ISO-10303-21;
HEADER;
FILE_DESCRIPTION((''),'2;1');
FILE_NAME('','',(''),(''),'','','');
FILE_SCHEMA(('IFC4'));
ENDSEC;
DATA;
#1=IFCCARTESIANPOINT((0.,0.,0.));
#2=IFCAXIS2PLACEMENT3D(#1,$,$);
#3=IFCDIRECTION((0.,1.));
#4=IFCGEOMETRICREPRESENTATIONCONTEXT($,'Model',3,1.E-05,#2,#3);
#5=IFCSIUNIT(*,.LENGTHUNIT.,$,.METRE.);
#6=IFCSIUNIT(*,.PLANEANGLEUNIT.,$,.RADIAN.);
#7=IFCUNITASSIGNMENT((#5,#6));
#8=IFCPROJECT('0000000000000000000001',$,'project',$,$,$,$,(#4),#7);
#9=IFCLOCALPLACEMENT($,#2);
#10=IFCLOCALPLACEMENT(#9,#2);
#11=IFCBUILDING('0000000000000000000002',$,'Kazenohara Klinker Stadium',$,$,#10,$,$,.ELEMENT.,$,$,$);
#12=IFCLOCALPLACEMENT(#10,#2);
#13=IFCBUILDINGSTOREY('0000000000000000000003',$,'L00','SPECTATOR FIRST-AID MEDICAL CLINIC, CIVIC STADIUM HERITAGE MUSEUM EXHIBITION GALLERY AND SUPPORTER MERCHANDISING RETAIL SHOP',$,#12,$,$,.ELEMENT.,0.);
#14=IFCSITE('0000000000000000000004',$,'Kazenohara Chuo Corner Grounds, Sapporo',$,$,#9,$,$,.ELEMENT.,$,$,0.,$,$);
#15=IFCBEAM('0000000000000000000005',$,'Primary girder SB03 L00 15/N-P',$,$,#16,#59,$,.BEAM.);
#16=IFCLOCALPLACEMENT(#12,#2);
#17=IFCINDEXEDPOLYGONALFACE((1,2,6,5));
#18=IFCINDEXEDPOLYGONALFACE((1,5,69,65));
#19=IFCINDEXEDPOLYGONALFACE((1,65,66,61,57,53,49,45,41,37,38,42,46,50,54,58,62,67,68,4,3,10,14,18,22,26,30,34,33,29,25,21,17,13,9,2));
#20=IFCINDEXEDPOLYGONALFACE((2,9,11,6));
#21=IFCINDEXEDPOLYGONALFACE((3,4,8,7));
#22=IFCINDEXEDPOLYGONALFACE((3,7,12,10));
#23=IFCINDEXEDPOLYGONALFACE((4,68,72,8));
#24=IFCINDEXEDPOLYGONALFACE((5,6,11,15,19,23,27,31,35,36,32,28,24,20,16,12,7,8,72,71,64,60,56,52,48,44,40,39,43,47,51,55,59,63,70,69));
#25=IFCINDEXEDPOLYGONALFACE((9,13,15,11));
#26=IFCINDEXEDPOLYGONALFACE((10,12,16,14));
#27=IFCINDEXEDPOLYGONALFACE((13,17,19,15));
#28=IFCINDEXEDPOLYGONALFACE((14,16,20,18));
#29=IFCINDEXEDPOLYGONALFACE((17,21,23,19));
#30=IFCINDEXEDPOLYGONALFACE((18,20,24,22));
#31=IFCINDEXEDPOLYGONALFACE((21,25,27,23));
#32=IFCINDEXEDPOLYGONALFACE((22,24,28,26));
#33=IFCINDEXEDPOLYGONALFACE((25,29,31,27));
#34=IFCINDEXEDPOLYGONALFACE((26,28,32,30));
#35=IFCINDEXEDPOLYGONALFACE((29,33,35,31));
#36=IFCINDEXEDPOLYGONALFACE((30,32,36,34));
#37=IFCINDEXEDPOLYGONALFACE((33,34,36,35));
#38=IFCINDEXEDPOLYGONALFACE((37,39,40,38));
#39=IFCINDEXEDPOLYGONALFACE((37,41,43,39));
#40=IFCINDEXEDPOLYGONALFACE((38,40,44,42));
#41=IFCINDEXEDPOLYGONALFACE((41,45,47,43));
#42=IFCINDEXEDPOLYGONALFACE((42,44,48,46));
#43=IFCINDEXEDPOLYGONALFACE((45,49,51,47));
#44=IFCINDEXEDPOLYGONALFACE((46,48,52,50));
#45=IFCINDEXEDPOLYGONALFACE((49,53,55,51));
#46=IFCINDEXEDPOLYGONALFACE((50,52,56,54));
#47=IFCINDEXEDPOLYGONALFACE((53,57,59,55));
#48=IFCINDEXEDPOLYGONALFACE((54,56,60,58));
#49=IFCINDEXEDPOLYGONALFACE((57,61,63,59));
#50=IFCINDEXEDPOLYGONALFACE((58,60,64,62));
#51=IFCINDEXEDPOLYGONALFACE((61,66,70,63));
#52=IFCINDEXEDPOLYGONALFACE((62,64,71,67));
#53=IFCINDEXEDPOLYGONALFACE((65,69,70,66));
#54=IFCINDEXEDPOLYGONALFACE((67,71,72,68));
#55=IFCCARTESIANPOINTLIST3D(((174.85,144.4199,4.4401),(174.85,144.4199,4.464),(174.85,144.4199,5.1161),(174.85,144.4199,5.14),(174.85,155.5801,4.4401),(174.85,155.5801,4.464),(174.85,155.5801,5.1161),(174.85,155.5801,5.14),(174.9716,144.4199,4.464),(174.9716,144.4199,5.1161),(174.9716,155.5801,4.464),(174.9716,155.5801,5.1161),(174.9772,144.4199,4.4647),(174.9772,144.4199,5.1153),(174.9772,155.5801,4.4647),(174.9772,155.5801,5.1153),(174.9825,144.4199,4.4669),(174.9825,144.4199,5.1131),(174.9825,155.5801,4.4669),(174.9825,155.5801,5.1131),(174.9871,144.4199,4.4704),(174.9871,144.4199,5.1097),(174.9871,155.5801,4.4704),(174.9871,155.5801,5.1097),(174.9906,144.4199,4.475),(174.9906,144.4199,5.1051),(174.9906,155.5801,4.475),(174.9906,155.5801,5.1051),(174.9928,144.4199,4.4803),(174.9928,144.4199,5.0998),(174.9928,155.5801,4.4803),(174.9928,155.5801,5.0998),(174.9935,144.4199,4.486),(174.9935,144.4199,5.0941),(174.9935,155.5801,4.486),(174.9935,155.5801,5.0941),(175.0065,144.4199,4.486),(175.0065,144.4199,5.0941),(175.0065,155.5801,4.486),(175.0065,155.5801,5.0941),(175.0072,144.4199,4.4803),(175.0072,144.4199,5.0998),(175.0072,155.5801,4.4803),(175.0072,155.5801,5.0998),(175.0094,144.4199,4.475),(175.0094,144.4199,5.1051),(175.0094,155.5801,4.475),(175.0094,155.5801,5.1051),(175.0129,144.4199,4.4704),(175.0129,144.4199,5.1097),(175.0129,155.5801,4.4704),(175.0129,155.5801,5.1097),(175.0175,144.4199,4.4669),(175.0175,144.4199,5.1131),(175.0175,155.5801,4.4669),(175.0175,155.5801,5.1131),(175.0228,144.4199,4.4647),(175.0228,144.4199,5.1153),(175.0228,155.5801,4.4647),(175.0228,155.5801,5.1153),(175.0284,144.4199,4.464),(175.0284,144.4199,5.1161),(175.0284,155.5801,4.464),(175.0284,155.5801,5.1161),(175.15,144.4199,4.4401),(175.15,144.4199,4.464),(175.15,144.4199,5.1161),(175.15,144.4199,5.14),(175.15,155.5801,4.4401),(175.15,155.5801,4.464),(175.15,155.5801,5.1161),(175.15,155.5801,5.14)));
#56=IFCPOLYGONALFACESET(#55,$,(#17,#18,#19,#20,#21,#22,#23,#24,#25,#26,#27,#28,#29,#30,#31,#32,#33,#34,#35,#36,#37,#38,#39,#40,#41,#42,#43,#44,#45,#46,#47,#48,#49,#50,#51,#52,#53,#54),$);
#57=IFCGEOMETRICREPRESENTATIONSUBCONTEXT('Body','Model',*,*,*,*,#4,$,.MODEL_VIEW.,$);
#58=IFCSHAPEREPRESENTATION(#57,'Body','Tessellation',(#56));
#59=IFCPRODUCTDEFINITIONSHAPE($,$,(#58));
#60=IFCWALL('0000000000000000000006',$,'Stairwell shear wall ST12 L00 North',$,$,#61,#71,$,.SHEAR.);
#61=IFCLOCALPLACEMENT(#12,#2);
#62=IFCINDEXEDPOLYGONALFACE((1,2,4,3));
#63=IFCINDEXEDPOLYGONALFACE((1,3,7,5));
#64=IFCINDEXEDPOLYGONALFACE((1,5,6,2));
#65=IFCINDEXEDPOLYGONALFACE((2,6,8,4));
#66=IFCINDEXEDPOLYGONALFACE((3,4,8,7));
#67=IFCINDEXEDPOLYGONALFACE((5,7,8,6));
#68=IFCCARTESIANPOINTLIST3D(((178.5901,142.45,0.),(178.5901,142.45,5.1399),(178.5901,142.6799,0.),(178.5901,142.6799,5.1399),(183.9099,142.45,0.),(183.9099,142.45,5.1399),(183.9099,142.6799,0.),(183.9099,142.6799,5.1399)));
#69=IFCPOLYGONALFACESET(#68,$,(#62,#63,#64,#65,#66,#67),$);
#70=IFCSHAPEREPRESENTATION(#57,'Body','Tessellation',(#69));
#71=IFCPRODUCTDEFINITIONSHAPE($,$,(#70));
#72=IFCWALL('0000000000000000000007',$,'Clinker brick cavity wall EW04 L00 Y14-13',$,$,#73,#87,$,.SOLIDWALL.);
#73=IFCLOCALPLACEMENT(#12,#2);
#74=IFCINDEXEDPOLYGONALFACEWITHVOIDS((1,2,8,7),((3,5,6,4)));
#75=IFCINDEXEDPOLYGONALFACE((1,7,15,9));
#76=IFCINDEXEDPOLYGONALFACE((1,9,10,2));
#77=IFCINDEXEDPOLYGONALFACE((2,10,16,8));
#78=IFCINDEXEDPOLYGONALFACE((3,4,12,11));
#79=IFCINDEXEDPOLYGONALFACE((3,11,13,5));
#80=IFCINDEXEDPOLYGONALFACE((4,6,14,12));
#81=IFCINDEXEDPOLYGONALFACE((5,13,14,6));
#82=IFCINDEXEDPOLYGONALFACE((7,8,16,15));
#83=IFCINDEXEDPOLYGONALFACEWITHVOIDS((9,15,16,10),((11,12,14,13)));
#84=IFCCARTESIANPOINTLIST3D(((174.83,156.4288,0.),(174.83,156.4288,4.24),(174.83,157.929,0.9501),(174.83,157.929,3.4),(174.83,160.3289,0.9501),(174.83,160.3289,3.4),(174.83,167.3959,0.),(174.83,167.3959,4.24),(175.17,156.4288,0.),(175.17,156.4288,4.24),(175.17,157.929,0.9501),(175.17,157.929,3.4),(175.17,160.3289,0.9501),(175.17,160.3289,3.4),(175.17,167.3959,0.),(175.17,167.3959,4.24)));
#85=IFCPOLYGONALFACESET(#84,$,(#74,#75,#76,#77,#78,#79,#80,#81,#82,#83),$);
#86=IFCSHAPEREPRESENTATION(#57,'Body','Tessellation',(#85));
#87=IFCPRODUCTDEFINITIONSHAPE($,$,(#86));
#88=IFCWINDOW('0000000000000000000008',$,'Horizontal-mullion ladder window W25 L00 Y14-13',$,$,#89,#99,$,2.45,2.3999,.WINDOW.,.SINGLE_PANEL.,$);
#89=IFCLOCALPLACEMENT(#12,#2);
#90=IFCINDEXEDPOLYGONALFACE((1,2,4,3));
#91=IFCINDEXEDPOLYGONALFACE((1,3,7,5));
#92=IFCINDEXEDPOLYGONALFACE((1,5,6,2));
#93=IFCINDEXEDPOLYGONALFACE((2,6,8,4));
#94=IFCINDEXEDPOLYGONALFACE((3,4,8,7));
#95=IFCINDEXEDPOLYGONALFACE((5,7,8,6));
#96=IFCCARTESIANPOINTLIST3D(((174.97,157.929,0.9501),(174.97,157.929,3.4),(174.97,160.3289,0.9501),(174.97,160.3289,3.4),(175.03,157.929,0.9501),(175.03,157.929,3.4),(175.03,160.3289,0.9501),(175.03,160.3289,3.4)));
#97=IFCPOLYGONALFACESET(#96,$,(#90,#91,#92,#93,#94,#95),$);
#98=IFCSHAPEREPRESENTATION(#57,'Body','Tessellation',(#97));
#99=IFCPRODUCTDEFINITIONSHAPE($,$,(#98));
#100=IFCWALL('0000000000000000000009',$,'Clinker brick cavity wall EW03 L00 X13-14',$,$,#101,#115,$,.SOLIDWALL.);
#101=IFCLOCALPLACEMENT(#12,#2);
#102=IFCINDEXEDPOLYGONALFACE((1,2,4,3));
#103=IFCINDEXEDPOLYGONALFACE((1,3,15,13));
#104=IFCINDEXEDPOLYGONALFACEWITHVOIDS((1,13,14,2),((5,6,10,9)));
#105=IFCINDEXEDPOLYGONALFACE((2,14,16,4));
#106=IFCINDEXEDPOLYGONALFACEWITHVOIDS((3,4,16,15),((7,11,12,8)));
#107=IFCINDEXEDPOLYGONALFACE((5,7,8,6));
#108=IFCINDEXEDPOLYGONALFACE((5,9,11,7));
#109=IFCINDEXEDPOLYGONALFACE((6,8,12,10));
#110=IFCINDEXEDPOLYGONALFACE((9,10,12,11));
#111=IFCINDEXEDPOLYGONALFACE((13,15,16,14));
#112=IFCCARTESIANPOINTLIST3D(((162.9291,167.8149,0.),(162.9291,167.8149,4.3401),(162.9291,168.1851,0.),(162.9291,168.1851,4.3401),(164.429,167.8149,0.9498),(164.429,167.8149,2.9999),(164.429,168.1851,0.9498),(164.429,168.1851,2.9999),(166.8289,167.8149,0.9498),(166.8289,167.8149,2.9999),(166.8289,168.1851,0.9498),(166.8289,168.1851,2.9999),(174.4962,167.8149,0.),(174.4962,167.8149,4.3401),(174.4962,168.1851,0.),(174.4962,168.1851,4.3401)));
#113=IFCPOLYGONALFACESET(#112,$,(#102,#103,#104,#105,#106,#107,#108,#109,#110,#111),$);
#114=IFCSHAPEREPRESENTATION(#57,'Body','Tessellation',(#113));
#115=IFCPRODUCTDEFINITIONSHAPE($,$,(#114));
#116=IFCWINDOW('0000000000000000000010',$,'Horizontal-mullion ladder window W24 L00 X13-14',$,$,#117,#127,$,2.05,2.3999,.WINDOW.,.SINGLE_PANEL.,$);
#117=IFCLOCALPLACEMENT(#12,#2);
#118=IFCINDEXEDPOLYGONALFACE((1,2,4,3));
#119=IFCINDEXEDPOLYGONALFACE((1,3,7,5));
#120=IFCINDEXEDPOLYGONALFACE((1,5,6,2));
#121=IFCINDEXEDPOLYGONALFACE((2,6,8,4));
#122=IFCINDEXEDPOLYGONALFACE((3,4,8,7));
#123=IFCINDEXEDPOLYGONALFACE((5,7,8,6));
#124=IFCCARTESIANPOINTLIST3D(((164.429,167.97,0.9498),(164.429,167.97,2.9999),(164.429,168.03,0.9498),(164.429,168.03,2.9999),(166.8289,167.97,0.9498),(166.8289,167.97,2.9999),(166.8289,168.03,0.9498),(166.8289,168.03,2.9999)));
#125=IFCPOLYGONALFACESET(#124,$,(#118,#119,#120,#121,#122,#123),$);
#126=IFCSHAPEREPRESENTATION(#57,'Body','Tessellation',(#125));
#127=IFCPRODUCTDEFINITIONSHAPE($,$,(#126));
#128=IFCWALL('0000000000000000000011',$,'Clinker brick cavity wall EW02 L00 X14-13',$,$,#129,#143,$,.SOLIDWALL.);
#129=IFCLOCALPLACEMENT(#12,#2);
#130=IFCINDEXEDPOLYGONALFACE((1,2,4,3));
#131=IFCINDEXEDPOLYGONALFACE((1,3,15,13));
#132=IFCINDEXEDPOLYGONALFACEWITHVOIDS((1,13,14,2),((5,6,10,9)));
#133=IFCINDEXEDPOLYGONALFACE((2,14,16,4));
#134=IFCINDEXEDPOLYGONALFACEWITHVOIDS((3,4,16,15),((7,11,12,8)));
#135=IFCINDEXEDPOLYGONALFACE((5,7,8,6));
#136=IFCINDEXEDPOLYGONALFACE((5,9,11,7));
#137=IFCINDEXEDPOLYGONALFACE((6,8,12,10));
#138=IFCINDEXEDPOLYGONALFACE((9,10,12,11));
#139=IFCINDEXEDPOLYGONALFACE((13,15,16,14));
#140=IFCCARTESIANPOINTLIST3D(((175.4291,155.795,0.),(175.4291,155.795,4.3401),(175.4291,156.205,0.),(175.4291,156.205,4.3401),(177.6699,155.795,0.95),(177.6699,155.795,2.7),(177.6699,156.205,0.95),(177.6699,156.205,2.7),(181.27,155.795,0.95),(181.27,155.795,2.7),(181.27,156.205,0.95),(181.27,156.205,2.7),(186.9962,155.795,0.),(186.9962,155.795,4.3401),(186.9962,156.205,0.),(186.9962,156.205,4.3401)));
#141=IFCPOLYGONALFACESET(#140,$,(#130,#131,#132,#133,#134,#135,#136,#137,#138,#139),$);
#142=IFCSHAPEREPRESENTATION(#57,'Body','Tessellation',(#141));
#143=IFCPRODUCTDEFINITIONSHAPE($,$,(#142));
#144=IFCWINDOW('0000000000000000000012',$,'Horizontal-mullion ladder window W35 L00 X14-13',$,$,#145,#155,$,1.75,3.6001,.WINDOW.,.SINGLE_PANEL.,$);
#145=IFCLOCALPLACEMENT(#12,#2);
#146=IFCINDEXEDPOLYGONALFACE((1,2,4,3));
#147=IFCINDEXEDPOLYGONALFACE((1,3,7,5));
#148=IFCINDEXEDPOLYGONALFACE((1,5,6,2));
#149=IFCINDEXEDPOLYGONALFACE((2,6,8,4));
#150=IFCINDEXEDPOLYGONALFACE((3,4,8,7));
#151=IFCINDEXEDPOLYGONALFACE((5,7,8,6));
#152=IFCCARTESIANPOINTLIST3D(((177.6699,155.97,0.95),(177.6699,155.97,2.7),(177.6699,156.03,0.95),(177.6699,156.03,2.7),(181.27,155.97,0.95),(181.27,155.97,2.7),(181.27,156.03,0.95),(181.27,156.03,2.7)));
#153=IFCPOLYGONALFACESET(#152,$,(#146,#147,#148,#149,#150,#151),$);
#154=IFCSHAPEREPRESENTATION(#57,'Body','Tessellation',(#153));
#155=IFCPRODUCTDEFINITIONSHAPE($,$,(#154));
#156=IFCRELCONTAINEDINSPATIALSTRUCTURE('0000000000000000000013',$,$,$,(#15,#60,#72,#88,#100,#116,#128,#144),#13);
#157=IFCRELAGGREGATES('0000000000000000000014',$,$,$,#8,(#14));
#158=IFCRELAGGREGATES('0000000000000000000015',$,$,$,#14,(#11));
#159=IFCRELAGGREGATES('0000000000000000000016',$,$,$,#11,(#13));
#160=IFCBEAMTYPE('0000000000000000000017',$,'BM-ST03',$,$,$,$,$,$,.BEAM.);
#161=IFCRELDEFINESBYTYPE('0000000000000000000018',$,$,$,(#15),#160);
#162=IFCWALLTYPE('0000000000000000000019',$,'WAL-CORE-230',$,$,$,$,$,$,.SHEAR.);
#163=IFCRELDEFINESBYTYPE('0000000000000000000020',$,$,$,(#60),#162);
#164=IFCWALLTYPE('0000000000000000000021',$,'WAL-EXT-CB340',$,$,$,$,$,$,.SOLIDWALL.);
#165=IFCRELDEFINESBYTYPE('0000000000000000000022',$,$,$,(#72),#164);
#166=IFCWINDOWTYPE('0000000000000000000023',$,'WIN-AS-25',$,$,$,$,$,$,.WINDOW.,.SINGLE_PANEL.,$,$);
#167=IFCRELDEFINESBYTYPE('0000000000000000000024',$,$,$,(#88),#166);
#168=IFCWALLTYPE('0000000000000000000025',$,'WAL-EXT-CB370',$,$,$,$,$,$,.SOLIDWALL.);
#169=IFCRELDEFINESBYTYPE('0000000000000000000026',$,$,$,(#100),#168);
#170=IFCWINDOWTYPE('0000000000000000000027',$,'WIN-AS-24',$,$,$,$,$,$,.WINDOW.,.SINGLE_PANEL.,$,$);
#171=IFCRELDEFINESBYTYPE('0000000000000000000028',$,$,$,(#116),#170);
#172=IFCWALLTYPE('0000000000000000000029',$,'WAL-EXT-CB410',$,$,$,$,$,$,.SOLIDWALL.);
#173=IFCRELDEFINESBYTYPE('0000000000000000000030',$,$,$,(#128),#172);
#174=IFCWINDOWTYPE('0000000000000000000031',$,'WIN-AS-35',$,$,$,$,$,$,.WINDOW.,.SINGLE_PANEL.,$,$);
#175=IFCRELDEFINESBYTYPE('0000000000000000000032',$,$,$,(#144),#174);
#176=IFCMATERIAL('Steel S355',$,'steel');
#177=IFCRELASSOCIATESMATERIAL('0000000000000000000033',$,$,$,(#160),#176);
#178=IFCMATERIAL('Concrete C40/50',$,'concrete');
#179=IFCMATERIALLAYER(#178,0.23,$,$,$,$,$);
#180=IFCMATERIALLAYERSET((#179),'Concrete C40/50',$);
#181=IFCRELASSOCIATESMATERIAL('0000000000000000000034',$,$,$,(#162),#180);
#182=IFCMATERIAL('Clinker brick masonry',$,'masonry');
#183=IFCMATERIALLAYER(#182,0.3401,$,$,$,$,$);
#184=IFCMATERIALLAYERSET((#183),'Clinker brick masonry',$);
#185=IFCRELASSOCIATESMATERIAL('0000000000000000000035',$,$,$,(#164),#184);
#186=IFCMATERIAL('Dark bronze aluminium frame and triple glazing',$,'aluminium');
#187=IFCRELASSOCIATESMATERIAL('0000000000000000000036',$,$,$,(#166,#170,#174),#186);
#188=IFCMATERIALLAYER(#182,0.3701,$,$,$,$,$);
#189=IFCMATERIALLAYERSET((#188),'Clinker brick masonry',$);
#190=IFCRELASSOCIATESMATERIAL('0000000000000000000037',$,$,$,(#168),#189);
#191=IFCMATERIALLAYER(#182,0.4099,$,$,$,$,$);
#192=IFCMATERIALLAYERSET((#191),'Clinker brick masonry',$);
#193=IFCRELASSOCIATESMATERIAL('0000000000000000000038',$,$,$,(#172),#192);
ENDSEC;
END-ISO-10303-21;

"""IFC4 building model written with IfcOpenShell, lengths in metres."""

from ifc_helpers import new_model, si_unit, direction, frame, frame_2d, origin, origin_2d, place, context, subcontext, project, spatial, rectangle, i_section, extrude, material, layer, layer_set, material_profile, profile_set, type_object, element, fill, save


model = new_model("IFC4")

# Units and contexts
model_context = context("Model", 3, precision=1e-05, world=origin(), true_north=direction((0.0, 1.0)))
body_context = subcontext(model_context, "Body", "Model", "MODEL_VIEW")
ifc_project = project(units=[si_unit("LENGTHUNIT", "METRE"), si_unit("PLANEANGLEUNIT", "RADIAN")], contexts=[model_context])

# Site, building, storey
site_placement = place(None, origin())
site = spatial("IfcSite", under=ifc_project, at=site_placement, Name="Kazenohara Chuo Corner Grounds, Sapporo", CompositionType="ELEMENT", RefElevation=0.0)
building_placement = place(site_placement, origin())
building = spatial("IfcBuilding", under=site, at=building_placement, Name="Kazenohara Klinker Stadium", CompositionType="ELEMENT")
storey_placement = place(building_placement, origin())
storey = spatial("IfcBuildingStorey", under=building, at=storey_placement, Name="L00", Description="SPECTATOR FIRST-AID MEDICAL CLINIC, CIVIC STADIUM HERITAGE MUSEUM EXHIBITION GALLERY AND SUPPORTER MERCHANDISING RETAIL SHOP", CompositionType="ELEMENT", Elevation=0.0)

# Shared definitions
ifc_material_1 = material(Name="Concrete C40/50", Category="concrete")

# Beam
ifc_material_2 = material(Name="Steel S355", Category="steel")
ifc_material_profile_1 = material_profile(ifc_material_2, i_section(OverallWidth=0.3, OverallDepth=0.7, WebThickness=0.0129, FlangeThickness=0.0239, FilletRadius=0.022, at=origin_2d()), Name="H-700x300x13x24")
ifc_profile_set_1 = profile_set([ifc_material_profile_1], Name="Steel S355")
beam_type_1 = type_object("IfcBeamType", Name="BM-ST03", PredefinedType="BEAM", material=ifc_profile_set_1)
for number, where, z_axis, x_axis, name in (
    (1, (175.0, 144.4199, 4.79), (0.0, 1.0, 0.0), (-1.0, 0.0, 0.0), "Primary girder SB03 L00 15/N-P"),
):
    element("IfcBeam", number, at=place(storey_placement, frame(where, z_axis=z_axis, x_axis=x_axis)), inside=storey, type_object=beam_type_1, Name=name, PredefinedType="BEAM", context=body_context, shape_type="SweptSolid", body=[
        extrude(i_section(OverallWidth=0.3, OverallDepth=0.7, WebThickness=0.0129, FlangeThickness=0.0239, FilletRadius=0.022, at=origin_2d()), origin(), (0.0, 0.0, 1.0), 11.1602),
    ])

# Wall
ifc_layer_1 = layer(ifc_material_1, 0.23)
ifc_layer_set_1 = layer_set([ifc_layer_1], Name="Concrete C40/50")
wall_type_1 = type_object("IfcWallType", Name="WAL-CORE-230", PredefinedType="SHEAR", material=ifc_layer_set_1)
wall_1_placement = place(storey_placement, frame((178.5901, 142.5649, 0.0), z_axis=(0.0, 0.0, 1.0), x_axis=(1.0, 0.0, 0.0)))
element("IfcWall", 2, at=wall_1_placement, inside=storey, type_object=wall_type_1, Name="Stairwell shear wall ST12 L00 North", PredefinedType="SHEAR", context=body_context, shape_type="SweptSolid", body=[
    extrude(rectangle(XDim=5.3198, YDim=0.23, at=frame_2d((2.6599, 0.0))), origin(), (0.0, 0.0, 1.0), 5.1399),
])

# Walls, openings, windows
ifc_material_3 = material(Name="Clinker brick masonry", Category="masonry")
ifc_layer_2 = layer(ifc_material_3, 0.3401)
ifc_layer_set_2 = layer_set([ifc_layer_2], Name="Clinker brick masonry")
wall_type_2 = type_object("IfcWallType", Name="WAL-EXT-CB340", PredefinedType="SOLIDWALL", material=ifc_layer_set_2)
wall_2_placement = place(storey_placement, frame((175.0, 156.429, 0.0), z_axis=(0.0, 0.0, 1.0), x_axis=(0.0, 1.0, 0.0)))
wall_2 = element("IfcWall", 3, at=wall_2_placement, inside=storey, type_object=wall_type_2, Name="Clinker brick cavity wall EW04 L00 Y14-13", PredefinedType="SOLIDWALL", context=body_context, shape_type="SweptSolid", body=[
    extrude(rectangle(XDim=10.967, YDim=0.3401, at=frame_2d((5.4834, 0.0))), origin(), (0.0, 0.0, 1.0), 4.24),
])
opening_1_placement = place(wall_2_placement, frame((1.5, 0.0, 0.95)))
opening_1 = element("IfcOpeningElement", 4, at=opening_1_placement, cuts=wall_2, PredefinedType="OPENING", context=body_context, shape_type="SweptSolid", body=[
    extrude(rectangle(XDim=2.3999, YDim=2.45, at=frame_2d((1.2, 1.2251))), frame((0.0, 0.1802, 0.0), z_axis=(0.0, -1.0, 0.0), x_axis=(1.0, 0.0, 0.0)), (0.0, 0.0, 1.0), 0.3601),
])
ifc_material_4 = material(Name="Dark bronze aluminium frame and triple glazing", Category="aluminium")
window_type_1 = type_object("IfcWindowType", Name="WIN-AS-25", PartitioningType="SINGLE_PANEL", PredefinedType="WINDOW", material=ifc_material_4)
window_1_placement = place(opening_1_placement, origin())
window_1 = element("IfcWindow", 5, at=window_1_placement, inside=storey, type_object=window_type_1, Name="Horizontal-mullion ladder window W25 L00 Y14-13", OverallHeight=2.45, OverallWidth=2.3999, PartitioningType="SINGLE_PANEL", PredefinedType="WINDOW", context=body_context, shape_type="SweptSolid", body=[
    extrude(rectangle(XDim=2.3999, YDim=2.45, at=frame_2d((1.2, 1.2251))), frame((0.0, 0.03, 0.0), z_axis=(0.0, -1.0, 0.0), x_axis=(1.0, 0.0, 0.0)), (0.0, 0.0, 1.0), 0.0601),
])
fill(opening_1, window_1)
ifc_layer_3 = layer(ifc_material_3, 0.3701)
ifc_layer_set_3 = layer_set([ifc_layer_3], Name="Clinker brick masonry")
wall_type_3 = type_object("IfcWallType", Name="WAL-EXT-CB370", PredefinedType="SOLIDWALL", material=ifc_layer_set_3)
wall_3_placement = place(storey_placement, frame((162.929, 168.0, 0.0), z_axis=(0.0, 0.0, 1.0), x_axis=(1.0, 0.0, 0.0)))
wall_3 = element("IfcWall", 6, at=wall_3_placement, inside=storey, type_object=wall_type_3, Name="Clinker brick cavity wall EW03 L00 X13-14", PredefinedType="SOLIDWALL", context=body_context, shape_type="SweptSolid", body=[
    extrude(rectangle(XDim=11.5671, YDim=0.3701, at=frame_2d((5.7837, 0.0))), origin(), (0.0, 0.0, 1.0), 4.3401),
])
opening_2_placement = place(wall_3_placement, frame((1.5, 0.0, 0.95)))
opening_2 = element("IfcOpeningElement", 7, at=opening_2_placement, cuts=wall_3, PredefinedType="OPENING", context=body_context, shape_type="SweptSolid", body=[
    extrude(rectangle(XDim=2.3999, YDim=2.05, at=frame_2d((1.2, 1.0249))), frame((0.0, 0.1951, 0.0), z_axis=(0.0, -1.0, 0.0), x_axis=(1.0, 0.0, 0.0)), (0.0, 0.0, 1.0), 0.3901),
])
window_type_2 = type_object("IfcWindowType", Name="WIN-AS-24", PartitioningType="SINGLE_PANEL", PredefinedType="WINDOW", material=ifc_material_4)
window_2_placement = place(opening_2_placement, origin())
window_2 = element("IfcWindow", 8, at=window_2_placement, inside=storey, type_object=window_type_2, Name="Horizontal-mullion ladder window W24 L00 X13-14", OverallHeight=2.05, OverallWidth=2.3999, PartitioningType="SINGLE_PANEL", PredefinedType="WINDOW", context=body_context, shape_type="SweptSolid", body=[
    extrude(rectangle(XDim=2.3999, YDim=2.05, at=frame_2d((1.2, 1.0249))), frame((0.0, 0.03, 0.0), z_axis=(0.0, -1.0, 0.0), x_axis=(1.0, 0.0, 0.0)), (0.0, 0.0, 1.0), 0.0601),
])
fill(opening_2, window_2)
ifc_layer_4 = layer(ifc_material_3, 0.4099)
ifc_layer_set_4 = layer_set([ifc_layer_4], Name="Clinker brick masonry")
wall_type_4 = type_object("IfcWallType", Name="WAL-EXT-CB410", PredefinedType="SOLIDWALL", material=ifc_layer_set_4)
wall_4_placement = place(storey_placement, frame((175.429, 156.0, 0.0), z_axis=(0.0, 0.0, 1.0), x_axis=(1.0, 0.0, 0.0)))
wall_4 = element("IfcWall", 9, at=wall_4_placement, inside=storey, type_object=wall_type_4, Name="Clinker brick cavity wall EW02 L00 X14-13", PredefinedType="SOLIDWALL", context=body_context, shape_type="SweptSolid", body=[
    extrude(rectangle(XDim=11.5671, YDim=0.4099, at=frame_2d((5.7837, 0.0))), origin(), (0.0, 0.0, 1.0), 4.3401),
])
opening_3_placement = place(wall_4_placement, frame((2.241, 0.0, 0.95)))
opening_3 = element("IfcOpeningElement", 10, at=opening_3_placement, cuts=wall_4, PredefinedType="OPENING", context=body_context, shape_type="SweptSolid", body=[
    extrude(rectangle(XDim=3.6001, YDim=1.75, at=frame_2d((1.8, 0.875))), frame((0.0, 0.2148, 0.0), z_axis=(0.0, -1.0, 0.0), x_axis=(1.0, 0.0, 0.0)), (0.0, 0.0, 1.0), 0.4299),
])
window_type_3 = type_object("IfcWindowType", Name="WIN-AS-35", PartitioningType="SINGLE_PANEL", PredefinedType="WINDOW", material=ifc_material_4)
window_3_placement = place(opening_3_placement, origin())
window_3 = element("IfcWindow", 11, at=window_3_placement, inside=storey, type_object=window_type_3, Name="Horizontal-mullion ladder window W35 L00 X14-13", OverallHeight=1.75, OverallWidth=3.6001, PartitioningType="SINGLE_PANEL", PredefinedType="WINDOW", context=body_context, shape_type="SweptSolid", body=[
    extrude(rectangle(XDim=3.6001, YDim=1.75, at=frame_2d((1.8, 0.875))), frame((0.0, 0.03, 0.0), z_axis=(0.0, -1.0, 0.0), x_axis=(1.0, 0.0, 0.0)), (0.0, 0.0, 1.0), 0.0601),
])
fill(opening_3, window_3)

save(model, "model.ifc")
